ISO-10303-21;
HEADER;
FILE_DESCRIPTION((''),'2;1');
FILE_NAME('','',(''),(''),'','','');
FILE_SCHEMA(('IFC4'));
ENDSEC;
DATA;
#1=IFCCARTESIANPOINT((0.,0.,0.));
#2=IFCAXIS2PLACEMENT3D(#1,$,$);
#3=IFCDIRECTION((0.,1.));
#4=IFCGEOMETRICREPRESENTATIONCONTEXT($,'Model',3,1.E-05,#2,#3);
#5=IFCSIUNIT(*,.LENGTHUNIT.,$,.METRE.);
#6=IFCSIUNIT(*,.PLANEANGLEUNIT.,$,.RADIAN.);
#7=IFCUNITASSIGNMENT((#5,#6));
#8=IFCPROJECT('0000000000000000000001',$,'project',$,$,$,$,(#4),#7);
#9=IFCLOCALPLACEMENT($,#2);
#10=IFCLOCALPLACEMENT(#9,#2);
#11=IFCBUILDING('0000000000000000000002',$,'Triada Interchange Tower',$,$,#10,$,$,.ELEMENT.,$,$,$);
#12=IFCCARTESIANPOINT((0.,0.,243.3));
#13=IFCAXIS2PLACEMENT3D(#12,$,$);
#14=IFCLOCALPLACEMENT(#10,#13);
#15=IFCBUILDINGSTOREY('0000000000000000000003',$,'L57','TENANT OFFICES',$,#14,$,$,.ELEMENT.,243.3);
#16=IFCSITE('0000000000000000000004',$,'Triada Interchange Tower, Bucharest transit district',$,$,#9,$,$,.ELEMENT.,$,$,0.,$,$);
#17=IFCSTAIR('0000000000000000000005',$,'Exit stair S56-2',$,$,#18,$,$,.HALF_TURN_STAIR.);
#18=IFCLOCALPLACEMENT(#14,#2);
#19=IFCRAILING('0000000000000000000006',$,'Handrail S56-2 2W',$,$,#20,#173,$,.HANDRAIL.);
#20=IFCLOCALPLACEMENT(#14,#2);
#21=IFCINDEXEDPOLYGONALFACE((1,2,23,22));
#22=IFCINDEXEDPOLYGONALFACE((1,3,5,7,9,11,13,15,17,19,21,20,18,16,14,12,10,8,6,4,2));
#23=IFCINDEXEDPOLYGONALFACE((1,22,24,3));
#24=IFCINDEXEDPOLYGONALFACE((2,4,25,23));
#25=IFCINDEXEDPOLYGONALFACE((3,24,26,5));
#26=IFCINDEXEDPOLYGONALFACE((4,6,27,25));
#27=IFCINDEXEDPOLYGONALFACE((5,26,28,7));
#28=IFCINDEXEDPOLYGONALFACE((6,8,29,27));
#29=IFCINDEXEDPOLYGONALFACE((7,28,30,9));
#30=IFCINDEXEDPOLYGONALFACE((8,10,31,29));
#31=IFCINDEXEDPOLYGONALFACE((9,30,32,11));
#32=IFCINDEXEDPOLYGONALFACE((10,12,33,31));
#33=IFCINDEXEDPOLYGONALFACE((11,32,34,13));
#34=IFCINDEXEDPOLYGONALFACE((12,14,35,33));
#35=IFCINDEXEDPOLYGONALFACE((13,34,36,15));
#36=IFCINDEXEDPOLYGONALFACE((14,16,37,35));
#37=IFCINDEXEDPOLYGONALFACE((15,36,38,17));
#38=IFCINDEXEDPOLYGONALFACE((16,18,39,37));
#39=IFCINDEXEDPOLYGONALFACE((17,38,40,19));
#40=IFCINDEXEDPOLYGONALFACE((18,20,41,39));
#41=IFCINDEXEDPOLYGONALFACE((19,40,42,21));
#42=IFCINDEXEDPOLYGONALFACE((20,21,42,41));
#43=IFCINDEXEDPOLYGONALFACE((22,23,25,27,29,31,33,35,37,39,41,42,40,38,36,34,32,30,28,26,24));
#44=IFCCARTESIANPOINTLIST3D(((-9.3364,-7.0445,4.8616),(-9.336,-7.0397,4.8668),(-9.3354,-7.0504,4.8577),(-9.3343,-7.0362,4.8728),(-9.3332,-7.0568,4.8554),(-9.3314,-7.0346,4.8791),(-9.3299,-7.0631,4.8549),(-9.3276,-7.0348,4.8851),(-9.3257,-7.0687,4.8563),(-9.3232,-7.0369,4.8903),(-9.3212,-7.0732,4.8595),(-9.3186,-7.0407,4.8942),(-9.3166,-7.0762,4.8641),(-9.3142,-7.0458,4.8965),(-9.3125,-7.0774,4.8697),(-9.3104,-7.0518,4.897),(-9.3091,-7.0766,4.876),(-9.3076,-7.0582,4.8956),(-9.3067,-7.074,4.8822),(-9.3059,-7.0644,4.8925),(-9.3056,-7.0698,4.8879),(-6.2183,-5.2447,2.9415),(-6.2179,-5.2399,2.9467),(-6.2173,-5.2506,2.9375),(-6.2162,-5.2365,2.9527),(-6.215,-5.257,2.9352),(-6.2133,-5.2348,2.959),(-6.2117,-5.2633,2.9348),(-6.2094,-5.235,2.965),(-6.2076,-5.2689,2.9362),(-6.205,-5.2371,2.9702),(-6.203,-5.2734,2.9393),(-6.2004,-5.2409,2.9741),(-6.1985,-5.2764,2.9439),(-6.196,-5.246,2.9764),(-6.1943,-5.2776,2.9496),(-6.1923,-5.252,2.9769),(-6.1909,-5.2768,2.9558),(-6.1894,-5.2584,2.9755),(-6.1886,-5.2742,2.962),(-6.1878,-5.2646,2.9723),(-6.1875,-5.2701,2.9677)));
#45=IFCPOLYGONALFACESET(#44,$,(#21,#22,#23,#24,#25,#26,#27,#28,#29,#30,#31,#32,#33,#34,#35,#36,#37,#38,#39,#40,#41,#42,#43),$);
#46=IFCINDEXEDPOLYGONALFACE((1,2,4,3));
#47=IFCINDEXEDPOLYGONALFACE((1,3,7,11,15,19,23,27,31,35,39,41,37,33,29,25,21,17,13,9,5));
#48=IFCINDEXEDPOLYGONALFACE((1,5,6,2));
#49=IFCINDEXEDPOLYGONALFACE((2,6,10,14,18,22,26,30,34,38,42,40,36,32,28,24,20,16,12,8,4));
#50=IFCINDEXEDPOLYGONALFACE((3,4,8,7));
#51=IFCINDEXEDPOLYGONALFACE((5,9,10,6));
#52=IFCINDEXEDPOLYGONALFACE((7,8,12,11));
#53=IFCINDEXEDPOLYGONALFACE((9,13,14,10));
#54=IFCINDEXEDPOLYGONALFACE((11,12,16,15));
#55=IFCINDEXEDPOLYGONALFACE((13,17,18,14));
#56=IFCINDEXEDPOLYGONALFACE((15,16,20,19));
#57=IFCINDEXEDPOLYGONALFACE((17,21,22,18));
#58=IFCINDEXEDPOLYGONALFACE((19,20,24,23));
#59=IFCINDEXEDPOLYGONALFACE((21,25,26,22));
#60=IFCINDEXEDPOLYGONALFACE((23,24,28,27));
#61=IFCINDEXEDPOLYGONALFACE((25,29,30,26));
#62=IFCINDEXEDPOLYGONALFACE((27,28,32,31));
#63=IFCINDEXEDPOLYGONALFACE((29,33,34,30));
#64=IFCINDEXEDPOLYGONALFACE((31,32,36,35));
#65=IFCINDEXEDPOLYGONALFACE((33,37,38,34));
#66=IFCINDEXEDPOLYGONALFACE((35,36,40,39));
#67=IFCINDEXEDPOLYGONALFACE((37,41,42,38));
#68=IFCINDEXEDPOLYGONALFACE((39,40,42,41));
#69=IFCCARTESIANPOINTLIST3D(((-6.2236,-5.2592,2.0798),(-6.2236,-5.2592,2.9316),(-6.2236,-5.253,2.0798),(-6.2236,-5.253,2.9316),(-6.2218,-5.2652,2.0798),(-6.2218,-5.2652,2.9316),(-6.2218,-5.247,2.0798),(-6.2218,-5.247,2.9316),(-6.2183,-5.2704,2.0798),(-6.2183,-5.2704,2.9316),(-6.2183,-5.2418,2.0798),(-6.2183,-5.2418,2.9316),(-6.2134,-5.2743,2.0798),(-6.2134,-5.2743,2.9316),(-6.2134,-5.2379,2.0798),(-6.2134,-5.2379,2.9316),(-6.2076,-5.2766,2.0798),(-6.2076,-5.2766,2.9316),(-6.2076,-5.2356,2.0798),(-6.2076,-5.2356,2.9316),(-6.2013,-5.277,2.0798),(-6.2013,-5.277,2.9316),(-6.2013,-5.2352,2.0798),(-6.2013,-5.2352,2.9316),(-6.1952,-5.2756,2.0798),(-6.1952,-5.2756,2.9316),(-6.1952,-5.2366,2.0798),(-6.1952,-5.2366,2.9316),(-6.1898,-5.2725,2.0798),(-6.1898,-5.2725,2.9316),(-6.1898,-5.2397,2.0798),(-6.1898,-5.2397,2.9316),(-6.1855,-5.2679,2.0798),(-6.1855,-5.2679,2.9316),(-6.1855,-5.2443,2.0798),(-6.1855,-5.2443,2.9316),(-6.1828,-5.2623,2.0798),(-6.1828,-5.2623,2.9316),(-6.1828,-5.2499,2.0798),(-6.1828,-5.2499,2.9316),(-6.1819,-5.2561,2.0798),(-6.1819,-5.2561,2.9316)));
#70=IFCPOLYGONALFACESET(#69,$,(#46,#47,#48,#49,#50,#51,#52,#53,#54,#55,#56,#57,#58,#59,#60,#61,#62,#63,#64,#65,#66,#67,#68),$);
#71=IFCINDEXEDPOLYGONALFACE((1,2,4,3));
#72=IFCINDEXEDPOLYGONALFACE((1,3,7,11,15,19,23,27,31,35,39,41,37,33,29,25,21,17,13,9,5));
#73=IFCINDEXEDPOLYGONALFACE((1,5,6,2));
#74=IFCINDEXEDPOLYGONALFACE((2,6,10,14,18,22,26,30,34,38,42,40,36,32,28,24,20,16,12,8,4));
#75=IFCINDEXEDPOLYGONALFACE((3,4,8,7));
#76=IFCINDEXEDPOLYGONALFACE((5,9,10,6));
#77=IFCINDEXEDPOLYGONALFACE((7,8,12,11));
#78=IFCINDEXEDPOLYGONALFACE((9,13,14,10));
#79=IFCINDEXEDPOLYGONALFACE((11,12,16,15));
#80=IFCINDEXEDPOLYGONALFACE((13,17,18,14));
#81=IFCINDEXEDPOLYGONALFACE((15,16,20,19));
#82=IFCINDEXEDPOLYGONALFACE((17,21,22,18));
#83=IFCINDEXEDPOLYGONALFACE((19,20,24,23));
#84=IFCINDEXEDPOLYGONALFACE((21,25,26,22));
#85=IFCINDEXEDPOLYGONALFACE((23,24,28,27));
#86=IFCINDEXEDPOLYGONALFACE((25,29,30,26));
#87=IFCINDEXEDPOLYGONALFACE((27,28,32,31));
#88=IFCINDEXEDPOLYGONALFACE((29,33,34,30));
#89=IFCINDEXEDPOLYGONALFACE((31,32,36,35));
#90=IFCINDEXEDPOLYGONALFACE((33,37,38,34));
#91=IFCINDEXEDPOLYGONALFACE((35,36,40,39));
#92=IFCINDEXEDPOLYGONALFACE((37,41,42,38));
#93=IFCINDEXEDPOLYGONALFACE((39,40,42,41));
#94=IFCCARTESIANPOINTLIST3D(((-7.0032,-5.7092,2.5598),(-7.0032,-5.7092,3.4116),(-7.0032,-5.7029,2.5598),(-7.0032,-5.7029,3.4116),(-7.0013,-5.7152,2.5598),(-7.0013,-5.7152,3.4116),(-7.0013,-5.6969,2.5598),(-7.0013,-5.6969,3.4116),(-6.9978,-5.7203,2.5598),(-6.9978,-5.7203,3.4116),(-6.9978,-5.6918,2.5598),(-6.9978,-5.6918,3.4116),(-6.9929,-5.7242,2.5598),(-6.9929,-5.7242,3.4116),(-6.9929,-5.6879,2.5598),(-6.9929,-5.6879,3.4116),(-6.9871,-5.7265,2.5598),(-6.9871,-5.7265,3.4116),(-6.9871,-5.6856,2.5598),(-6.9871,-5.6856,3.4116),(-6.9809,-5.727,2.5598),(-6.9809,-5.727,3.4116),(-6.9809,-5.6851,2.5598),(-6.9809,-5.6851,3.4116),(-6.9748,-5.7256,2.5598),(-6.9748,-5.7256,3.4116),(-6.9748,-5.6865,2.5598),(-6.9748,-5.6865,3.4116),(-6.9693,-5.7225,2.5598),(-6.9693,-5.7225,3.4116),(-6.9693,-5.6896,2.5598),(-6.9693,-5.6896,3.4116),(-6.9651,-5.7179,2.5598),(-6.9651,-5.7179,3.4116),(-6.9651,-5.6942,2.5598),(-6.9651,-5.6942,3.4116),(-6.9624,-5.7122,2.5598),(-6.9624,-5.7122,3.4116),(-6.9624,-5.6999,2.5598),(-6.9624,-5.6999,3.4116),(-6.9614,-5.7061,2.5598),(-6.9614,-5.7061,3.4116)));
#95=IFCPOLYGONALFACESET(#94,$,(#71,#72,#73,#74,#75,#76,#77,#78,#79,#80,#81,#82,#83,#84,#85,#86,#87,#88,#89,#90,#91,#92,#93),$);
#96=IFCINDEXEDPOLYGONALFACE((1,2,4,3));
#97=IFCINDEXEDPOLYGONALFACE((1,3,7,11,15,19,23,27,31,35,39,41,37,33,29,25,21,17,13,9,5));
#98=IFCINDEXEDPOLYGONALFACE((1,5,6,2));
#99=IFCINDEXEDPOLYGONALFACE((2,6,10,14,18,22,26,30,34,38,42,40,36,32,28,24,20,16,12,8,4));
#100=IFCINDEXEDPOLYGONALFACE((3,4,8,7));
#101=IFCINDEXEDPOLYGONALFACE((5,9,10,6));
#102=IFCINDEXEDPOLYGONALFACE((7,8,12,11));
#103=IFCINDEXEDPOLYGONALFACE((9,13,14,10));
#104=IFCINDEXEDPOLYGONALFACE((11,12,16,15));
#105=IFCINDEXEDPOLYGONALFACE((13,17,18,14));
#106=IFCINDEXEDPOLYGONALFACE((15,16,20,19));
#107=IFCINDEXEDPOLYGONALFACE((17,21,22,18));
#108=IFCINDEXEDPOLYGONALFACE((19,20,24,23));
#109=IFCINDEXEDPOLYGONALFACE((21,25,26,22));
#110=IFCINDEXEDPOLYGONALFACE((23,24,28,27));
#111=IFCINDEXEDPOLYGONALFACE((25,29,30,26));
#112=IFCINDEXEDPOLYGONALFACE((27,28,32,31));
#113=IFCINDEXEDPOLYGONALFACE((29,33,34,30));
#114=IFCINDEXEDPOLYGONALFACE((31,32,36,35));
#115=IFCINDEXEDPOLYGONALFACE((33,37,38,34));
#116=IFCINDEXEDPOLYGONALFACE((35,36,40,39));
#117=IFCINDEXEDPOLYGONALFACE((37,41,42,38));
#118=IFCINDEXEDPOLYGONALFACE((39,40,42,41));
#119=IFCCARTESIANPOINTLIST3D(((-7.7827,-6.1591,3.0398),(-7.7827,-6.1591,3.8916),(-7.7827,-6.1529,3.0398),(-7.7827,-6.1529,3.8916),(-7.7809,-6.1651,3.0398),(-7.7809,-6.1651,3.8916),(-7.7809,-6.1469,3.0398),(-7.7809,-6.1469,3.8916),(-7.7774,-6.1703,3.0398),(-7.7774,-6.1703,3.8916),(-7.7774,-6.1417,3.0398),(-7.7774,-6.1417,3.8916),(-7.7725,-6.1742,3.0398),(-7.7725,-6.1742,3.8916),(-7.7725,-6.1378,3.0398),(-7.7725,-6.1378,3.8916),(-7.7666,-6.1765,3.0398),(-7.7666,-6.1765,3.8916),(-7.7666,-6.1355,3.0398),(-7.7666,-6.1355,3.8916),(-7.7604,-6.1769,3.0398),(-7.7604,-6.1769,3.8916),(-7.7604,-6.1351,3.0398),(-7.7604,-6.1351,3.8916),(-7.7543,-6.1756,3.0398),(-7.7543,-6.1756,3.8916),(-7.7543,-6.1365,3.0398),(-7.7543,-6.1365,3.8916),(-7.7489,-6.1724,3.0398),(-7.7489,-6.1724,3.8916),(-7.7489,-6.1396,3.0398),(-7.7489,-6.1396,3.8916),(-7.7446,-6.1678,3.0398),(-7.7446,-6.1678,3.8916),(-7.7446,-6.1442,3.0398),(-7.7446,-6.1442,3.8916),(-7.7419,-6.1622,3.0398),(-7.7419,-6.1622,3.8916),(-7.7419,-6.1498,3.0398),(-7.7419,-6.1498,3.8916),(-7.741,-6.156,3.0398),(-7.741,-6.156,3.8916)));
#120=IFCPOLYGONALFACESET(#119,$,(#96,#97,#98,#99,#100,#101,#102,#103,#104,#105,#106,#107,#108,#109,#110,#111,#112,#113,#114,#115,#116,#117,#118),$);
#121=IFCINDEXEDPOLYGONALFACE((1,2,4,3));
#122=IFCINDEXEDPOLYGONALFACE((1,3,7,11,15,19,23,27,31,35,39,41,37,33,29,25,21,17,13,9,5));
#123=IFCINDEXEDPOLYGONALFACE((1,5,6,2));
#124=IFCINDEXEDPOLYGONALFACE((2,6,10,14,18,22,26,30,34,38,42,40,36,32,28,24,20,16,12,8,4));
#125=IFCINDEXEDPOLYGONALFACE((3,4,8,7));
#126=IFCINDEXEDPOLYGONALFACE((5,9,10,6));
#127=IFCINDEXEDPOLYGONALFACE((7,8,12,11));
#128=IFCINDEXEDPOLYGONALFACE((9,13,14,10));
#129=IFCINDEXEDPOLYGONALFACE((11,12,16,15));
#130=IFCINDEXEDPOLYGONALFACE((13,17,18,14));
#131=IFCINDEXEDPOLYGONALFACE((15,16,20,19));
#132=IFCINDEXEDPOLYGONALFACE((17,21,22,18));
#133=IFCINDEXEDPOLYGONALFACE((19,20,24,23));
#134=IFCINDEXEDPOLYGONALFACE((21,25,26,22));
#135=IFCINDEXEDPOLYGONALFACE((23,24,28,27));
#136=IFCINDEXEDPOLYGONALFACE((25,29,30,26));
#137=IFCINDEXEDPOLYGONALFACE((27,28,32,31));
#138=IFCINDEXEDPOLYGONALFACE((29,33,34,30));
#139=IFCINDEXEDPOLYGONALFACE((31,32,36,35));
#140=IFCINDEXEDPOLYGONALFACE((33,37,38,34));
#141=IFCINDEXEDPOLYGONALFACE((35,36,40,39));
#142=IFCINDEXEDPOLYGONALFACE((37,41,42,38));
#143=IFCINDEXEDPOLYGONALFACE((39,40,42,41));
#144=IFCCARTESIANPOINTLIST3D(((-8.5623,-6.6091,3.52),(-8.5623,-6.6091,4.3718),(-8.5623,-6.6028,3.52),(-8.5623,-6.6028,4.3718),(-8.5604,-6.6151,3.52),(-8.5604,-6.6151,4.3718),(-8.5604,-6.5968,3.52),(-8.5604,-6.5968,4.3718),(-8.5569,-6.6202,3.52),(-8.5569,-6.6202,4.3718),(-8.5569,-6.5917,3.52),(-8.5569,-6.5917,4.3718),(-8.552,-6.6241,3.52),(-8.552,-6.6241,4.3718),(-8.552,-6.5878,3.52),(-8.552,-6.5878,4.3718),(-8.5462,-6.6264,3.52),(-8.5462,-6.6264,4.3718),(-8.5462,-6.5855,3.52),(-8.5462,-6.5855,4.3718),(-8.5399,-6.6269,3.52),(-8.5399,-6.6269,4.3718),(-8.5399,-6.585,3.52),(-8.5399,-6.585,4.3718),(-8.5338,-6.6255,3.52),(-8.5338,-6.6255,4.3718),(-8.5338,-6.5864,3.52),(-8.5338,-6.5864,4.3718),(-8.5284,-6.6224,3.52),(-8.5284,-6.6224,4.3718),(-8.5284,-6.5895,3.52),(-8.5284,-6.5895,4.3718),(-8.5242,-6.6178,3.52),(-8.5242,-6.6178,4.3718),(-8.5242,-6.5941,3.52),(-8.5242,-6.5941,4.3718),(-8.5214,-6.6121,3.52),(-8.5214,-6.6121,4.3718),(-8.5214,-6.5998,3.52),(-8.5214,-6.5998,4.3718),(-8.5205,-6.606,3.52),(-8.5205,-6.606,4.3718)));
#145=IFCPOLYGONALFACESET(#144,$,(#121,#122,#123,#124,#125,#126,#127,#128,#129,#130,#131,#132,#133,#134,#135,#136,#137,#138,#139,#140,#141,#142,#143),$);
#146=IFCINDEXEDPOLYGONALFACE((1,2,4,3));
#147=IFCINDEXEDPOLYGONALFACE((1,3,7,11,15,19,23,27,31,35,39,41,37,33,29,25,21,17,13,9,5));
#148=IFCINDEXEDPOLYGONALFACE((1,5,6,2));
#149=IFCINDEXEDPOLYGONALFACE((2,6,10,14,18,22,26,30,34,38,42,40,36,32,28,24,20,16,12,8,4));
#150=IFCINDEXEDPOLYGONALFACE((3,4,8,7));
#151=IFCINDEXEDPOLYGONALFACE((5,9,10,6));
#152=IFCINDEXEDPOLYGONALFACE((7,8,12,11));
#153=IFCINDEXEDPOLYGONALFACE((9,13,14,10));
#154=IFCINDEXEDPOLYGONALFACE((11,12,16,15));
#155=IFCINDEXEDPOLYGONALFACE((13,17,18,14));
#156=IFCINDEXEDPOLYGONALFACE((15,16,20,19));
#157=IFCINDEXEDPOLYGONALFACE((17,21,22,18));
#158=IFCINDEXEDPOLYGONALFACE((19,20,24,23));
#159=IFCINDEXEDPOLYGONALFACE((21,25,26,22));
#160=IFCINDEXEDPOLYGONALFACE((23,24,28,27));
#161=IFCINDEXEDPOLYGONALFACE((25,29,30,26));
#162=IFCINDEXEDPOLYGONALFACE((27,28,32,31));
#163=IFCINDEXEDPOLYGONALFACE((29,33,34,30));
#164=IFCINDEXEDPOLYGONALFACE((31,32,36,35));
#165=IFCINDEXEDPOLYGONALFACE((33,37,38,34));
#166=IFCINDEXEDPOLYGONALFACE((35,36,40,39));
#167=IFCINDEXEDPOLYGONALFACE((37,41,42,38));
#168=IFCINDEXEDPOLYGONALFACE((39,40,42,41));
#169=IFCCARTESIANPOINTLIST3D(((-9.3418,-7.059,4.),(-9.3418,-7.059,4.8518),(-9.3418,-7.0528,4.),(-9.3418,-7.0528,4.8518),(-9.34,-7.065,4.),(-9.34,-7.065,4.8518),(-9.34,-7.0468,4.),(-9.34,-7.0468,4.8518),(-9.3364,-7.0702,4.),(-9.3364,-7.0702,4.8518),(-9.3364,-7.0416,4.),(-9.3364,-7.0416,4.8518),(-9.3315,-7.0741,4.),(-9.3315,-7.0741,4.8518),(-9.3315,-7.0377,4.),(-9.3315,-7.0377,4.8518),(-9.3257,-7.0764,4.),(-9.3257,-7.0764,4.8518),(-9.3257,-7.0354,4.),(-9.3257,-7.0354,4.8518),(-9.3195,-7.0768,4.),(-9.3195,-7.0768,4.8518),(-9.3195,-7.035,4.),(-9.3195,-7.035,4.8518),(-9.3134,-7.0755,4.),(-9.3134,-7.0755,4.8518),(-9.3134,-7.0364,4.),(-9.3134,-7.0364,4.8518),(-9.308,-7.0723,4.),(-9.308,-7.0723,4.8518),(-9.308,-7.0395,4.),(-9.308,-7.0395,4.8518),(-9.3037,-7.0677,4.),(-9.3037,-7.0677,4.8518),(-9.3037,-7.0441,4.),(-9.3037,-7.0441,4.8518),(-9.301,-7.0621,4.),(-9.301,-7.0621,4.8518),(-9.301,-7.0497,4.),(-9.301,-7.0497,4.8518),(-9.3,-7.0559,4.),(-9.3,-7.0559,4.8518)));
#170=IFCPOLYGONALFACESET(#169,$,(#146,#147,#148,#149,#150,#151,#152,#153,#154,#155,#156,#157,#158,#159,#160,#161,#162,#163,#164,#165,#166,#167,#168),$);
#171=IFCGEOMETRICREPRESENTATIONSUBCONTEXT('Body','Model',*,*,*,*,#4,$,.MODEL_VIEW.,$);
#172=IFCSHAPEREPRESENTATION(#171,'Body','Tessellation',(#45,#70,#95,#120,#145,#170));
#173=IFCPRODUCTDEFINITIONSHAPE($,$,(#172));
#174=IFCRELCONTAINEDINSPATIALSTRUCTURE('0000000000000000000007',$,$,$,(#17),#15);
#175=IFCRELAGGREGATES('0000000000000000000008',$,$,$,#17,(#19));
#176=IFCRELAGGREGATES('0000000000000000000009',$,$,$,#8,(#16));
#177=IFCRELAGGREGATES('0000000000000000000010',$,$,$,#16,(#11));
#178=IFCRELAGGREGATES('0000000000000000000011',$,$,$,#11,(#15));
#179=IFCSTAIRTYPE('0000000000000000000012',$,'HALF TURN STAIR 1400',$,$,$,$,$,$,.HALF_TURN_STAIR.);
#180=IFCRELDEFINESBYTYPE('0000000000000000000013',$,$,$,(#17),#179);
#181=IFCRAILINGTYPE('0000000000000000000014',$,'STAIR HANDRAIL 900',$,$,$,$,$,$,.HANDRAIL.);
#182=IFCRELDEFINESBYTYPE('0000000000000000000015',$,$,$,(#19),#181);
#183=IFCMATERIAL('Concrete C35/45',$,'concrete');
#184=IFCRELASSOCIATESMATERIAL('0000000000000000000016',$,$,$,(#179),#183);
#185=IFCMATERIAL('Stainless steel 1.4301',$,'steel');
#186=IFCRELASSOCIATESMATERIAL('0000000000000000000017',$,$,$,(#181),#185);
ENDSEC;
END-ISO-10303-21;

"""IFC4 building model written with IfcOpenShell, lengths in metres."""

from ifc_helpers import new_model, si_unit, direction, frame, origin, origin_2d, place, context, subcontext, project, spatial, circle, extrude, material, type_object, element, aggregate, save


model = new_model("IFC4")

# Units and contexts
model_context = context("Model", 3, precision=1e-05, world=origin(), true_north=direction((0.0, 1.0)))
body_context = subcontext(model_context, "Body", "Model", "MODEL_VIEW")
ifc_project = project(units=[si_unit("LENGTHUNIT", "METRE"), si_unit("PLANEANGLEUNIT", "RADIAN")], contexts=[model_context])

# Site, building, storey
site_placement = place(None, origin())
site = spatial("IfcSite", under=ifc_project, at=site_placement, Name="Triada Interchange Tower, Bucharest transit district", CompositionType="ELEMENT", RefElevation=0.0)
building_placement = place(site_placement, origin())
building = spatial("IfcBuilding", under=site, at=building_placement, Name="Triada Interchange Tower", CompositionType="ELEMENT")
storey_placement = place(building_placement, frame((0.0, 0.0, 243.3)))
storey = spatial("IfcBuildingStorey", under=building, at=storey_placement, Name="L57", Description="TENANT OFFICES", CompositionType="ELEMENT", Elevation=243.3)

# Stair, railing
ifc_material_1 = material(Name="Concrete C35/45", Category="concrete")
stair_type = type_object("IfcStairType", Name="HALF TURN STAIR 1400", PredefinedType="HALF_TURN_STAIR", material=ifc_material_1)
stair_placement = place(storey_placement, origin())
stair = element("IfcStair", 1, at=stair_placement, inside=storey, type_object=stair_type, Name="Exit stair S56-2", PredefinedType="HALF_TURN_STAIR")
ifc_material_2 = material(Name="Stainless steel 1.4301", Category="steel")
railing_type = type_object("IfcRailingType", Name="STAIR HANDRAIL 900", PredefinedType="HANDRAIL", material=ifc_material_2)
railing_1_placement = place(storey_placement, frame((-6.2029, -5.2561, 2.0798)))
railing_1 = element("IfcRailing", 2, at=railing_1_placement, type_object=railing_type, Name="Handrail S56-2 2W", PredefinedType="HANDRAIL", context=body_context, shape_type="SweptSolid", body=[
    extrude(circle(Radius=0.0239, at=origin_2d()), frame((0.0, 0.0, 0.876), z_axis=(-0.76419, -0.44109, 0.470588), x_axis=(0.499902, -0.866082, 0.0)), (0.0, 0.0, 1.0), 4.0803),
    extrude(circle(Radius=0.021, at=origin_2d()), origin(), (0.0, 0.0, 1.0), 0.8518),
    extrude(circle(Radius=0.021, at=origin_2d()), frame((-0.7795, -0.45, 0.48)), (0.0, 0.0, 1.0), 0.8518),
    extrude(circle(Radius=0.021, at=origin_2d()), frame((-1.5591, -0.8999, 0.96)), (0.0, 0.0, 1.0), 0.8518),
    extrude(circle(Radius=0.021, at=origin_2d()), frame((-2.3386, -1.3499, 1.4402)), (0.0, 0.0, 1.0), 0.8518),
    extrude(circle(Radius=0.021, at=origin_2d()), frame((-3.1182, -1.7998, 1.9202)), (0.0, 0.0, 1.0), 0.8518),
])
aggregate(stair, [railing_1])

save(model, "model.ifc")
